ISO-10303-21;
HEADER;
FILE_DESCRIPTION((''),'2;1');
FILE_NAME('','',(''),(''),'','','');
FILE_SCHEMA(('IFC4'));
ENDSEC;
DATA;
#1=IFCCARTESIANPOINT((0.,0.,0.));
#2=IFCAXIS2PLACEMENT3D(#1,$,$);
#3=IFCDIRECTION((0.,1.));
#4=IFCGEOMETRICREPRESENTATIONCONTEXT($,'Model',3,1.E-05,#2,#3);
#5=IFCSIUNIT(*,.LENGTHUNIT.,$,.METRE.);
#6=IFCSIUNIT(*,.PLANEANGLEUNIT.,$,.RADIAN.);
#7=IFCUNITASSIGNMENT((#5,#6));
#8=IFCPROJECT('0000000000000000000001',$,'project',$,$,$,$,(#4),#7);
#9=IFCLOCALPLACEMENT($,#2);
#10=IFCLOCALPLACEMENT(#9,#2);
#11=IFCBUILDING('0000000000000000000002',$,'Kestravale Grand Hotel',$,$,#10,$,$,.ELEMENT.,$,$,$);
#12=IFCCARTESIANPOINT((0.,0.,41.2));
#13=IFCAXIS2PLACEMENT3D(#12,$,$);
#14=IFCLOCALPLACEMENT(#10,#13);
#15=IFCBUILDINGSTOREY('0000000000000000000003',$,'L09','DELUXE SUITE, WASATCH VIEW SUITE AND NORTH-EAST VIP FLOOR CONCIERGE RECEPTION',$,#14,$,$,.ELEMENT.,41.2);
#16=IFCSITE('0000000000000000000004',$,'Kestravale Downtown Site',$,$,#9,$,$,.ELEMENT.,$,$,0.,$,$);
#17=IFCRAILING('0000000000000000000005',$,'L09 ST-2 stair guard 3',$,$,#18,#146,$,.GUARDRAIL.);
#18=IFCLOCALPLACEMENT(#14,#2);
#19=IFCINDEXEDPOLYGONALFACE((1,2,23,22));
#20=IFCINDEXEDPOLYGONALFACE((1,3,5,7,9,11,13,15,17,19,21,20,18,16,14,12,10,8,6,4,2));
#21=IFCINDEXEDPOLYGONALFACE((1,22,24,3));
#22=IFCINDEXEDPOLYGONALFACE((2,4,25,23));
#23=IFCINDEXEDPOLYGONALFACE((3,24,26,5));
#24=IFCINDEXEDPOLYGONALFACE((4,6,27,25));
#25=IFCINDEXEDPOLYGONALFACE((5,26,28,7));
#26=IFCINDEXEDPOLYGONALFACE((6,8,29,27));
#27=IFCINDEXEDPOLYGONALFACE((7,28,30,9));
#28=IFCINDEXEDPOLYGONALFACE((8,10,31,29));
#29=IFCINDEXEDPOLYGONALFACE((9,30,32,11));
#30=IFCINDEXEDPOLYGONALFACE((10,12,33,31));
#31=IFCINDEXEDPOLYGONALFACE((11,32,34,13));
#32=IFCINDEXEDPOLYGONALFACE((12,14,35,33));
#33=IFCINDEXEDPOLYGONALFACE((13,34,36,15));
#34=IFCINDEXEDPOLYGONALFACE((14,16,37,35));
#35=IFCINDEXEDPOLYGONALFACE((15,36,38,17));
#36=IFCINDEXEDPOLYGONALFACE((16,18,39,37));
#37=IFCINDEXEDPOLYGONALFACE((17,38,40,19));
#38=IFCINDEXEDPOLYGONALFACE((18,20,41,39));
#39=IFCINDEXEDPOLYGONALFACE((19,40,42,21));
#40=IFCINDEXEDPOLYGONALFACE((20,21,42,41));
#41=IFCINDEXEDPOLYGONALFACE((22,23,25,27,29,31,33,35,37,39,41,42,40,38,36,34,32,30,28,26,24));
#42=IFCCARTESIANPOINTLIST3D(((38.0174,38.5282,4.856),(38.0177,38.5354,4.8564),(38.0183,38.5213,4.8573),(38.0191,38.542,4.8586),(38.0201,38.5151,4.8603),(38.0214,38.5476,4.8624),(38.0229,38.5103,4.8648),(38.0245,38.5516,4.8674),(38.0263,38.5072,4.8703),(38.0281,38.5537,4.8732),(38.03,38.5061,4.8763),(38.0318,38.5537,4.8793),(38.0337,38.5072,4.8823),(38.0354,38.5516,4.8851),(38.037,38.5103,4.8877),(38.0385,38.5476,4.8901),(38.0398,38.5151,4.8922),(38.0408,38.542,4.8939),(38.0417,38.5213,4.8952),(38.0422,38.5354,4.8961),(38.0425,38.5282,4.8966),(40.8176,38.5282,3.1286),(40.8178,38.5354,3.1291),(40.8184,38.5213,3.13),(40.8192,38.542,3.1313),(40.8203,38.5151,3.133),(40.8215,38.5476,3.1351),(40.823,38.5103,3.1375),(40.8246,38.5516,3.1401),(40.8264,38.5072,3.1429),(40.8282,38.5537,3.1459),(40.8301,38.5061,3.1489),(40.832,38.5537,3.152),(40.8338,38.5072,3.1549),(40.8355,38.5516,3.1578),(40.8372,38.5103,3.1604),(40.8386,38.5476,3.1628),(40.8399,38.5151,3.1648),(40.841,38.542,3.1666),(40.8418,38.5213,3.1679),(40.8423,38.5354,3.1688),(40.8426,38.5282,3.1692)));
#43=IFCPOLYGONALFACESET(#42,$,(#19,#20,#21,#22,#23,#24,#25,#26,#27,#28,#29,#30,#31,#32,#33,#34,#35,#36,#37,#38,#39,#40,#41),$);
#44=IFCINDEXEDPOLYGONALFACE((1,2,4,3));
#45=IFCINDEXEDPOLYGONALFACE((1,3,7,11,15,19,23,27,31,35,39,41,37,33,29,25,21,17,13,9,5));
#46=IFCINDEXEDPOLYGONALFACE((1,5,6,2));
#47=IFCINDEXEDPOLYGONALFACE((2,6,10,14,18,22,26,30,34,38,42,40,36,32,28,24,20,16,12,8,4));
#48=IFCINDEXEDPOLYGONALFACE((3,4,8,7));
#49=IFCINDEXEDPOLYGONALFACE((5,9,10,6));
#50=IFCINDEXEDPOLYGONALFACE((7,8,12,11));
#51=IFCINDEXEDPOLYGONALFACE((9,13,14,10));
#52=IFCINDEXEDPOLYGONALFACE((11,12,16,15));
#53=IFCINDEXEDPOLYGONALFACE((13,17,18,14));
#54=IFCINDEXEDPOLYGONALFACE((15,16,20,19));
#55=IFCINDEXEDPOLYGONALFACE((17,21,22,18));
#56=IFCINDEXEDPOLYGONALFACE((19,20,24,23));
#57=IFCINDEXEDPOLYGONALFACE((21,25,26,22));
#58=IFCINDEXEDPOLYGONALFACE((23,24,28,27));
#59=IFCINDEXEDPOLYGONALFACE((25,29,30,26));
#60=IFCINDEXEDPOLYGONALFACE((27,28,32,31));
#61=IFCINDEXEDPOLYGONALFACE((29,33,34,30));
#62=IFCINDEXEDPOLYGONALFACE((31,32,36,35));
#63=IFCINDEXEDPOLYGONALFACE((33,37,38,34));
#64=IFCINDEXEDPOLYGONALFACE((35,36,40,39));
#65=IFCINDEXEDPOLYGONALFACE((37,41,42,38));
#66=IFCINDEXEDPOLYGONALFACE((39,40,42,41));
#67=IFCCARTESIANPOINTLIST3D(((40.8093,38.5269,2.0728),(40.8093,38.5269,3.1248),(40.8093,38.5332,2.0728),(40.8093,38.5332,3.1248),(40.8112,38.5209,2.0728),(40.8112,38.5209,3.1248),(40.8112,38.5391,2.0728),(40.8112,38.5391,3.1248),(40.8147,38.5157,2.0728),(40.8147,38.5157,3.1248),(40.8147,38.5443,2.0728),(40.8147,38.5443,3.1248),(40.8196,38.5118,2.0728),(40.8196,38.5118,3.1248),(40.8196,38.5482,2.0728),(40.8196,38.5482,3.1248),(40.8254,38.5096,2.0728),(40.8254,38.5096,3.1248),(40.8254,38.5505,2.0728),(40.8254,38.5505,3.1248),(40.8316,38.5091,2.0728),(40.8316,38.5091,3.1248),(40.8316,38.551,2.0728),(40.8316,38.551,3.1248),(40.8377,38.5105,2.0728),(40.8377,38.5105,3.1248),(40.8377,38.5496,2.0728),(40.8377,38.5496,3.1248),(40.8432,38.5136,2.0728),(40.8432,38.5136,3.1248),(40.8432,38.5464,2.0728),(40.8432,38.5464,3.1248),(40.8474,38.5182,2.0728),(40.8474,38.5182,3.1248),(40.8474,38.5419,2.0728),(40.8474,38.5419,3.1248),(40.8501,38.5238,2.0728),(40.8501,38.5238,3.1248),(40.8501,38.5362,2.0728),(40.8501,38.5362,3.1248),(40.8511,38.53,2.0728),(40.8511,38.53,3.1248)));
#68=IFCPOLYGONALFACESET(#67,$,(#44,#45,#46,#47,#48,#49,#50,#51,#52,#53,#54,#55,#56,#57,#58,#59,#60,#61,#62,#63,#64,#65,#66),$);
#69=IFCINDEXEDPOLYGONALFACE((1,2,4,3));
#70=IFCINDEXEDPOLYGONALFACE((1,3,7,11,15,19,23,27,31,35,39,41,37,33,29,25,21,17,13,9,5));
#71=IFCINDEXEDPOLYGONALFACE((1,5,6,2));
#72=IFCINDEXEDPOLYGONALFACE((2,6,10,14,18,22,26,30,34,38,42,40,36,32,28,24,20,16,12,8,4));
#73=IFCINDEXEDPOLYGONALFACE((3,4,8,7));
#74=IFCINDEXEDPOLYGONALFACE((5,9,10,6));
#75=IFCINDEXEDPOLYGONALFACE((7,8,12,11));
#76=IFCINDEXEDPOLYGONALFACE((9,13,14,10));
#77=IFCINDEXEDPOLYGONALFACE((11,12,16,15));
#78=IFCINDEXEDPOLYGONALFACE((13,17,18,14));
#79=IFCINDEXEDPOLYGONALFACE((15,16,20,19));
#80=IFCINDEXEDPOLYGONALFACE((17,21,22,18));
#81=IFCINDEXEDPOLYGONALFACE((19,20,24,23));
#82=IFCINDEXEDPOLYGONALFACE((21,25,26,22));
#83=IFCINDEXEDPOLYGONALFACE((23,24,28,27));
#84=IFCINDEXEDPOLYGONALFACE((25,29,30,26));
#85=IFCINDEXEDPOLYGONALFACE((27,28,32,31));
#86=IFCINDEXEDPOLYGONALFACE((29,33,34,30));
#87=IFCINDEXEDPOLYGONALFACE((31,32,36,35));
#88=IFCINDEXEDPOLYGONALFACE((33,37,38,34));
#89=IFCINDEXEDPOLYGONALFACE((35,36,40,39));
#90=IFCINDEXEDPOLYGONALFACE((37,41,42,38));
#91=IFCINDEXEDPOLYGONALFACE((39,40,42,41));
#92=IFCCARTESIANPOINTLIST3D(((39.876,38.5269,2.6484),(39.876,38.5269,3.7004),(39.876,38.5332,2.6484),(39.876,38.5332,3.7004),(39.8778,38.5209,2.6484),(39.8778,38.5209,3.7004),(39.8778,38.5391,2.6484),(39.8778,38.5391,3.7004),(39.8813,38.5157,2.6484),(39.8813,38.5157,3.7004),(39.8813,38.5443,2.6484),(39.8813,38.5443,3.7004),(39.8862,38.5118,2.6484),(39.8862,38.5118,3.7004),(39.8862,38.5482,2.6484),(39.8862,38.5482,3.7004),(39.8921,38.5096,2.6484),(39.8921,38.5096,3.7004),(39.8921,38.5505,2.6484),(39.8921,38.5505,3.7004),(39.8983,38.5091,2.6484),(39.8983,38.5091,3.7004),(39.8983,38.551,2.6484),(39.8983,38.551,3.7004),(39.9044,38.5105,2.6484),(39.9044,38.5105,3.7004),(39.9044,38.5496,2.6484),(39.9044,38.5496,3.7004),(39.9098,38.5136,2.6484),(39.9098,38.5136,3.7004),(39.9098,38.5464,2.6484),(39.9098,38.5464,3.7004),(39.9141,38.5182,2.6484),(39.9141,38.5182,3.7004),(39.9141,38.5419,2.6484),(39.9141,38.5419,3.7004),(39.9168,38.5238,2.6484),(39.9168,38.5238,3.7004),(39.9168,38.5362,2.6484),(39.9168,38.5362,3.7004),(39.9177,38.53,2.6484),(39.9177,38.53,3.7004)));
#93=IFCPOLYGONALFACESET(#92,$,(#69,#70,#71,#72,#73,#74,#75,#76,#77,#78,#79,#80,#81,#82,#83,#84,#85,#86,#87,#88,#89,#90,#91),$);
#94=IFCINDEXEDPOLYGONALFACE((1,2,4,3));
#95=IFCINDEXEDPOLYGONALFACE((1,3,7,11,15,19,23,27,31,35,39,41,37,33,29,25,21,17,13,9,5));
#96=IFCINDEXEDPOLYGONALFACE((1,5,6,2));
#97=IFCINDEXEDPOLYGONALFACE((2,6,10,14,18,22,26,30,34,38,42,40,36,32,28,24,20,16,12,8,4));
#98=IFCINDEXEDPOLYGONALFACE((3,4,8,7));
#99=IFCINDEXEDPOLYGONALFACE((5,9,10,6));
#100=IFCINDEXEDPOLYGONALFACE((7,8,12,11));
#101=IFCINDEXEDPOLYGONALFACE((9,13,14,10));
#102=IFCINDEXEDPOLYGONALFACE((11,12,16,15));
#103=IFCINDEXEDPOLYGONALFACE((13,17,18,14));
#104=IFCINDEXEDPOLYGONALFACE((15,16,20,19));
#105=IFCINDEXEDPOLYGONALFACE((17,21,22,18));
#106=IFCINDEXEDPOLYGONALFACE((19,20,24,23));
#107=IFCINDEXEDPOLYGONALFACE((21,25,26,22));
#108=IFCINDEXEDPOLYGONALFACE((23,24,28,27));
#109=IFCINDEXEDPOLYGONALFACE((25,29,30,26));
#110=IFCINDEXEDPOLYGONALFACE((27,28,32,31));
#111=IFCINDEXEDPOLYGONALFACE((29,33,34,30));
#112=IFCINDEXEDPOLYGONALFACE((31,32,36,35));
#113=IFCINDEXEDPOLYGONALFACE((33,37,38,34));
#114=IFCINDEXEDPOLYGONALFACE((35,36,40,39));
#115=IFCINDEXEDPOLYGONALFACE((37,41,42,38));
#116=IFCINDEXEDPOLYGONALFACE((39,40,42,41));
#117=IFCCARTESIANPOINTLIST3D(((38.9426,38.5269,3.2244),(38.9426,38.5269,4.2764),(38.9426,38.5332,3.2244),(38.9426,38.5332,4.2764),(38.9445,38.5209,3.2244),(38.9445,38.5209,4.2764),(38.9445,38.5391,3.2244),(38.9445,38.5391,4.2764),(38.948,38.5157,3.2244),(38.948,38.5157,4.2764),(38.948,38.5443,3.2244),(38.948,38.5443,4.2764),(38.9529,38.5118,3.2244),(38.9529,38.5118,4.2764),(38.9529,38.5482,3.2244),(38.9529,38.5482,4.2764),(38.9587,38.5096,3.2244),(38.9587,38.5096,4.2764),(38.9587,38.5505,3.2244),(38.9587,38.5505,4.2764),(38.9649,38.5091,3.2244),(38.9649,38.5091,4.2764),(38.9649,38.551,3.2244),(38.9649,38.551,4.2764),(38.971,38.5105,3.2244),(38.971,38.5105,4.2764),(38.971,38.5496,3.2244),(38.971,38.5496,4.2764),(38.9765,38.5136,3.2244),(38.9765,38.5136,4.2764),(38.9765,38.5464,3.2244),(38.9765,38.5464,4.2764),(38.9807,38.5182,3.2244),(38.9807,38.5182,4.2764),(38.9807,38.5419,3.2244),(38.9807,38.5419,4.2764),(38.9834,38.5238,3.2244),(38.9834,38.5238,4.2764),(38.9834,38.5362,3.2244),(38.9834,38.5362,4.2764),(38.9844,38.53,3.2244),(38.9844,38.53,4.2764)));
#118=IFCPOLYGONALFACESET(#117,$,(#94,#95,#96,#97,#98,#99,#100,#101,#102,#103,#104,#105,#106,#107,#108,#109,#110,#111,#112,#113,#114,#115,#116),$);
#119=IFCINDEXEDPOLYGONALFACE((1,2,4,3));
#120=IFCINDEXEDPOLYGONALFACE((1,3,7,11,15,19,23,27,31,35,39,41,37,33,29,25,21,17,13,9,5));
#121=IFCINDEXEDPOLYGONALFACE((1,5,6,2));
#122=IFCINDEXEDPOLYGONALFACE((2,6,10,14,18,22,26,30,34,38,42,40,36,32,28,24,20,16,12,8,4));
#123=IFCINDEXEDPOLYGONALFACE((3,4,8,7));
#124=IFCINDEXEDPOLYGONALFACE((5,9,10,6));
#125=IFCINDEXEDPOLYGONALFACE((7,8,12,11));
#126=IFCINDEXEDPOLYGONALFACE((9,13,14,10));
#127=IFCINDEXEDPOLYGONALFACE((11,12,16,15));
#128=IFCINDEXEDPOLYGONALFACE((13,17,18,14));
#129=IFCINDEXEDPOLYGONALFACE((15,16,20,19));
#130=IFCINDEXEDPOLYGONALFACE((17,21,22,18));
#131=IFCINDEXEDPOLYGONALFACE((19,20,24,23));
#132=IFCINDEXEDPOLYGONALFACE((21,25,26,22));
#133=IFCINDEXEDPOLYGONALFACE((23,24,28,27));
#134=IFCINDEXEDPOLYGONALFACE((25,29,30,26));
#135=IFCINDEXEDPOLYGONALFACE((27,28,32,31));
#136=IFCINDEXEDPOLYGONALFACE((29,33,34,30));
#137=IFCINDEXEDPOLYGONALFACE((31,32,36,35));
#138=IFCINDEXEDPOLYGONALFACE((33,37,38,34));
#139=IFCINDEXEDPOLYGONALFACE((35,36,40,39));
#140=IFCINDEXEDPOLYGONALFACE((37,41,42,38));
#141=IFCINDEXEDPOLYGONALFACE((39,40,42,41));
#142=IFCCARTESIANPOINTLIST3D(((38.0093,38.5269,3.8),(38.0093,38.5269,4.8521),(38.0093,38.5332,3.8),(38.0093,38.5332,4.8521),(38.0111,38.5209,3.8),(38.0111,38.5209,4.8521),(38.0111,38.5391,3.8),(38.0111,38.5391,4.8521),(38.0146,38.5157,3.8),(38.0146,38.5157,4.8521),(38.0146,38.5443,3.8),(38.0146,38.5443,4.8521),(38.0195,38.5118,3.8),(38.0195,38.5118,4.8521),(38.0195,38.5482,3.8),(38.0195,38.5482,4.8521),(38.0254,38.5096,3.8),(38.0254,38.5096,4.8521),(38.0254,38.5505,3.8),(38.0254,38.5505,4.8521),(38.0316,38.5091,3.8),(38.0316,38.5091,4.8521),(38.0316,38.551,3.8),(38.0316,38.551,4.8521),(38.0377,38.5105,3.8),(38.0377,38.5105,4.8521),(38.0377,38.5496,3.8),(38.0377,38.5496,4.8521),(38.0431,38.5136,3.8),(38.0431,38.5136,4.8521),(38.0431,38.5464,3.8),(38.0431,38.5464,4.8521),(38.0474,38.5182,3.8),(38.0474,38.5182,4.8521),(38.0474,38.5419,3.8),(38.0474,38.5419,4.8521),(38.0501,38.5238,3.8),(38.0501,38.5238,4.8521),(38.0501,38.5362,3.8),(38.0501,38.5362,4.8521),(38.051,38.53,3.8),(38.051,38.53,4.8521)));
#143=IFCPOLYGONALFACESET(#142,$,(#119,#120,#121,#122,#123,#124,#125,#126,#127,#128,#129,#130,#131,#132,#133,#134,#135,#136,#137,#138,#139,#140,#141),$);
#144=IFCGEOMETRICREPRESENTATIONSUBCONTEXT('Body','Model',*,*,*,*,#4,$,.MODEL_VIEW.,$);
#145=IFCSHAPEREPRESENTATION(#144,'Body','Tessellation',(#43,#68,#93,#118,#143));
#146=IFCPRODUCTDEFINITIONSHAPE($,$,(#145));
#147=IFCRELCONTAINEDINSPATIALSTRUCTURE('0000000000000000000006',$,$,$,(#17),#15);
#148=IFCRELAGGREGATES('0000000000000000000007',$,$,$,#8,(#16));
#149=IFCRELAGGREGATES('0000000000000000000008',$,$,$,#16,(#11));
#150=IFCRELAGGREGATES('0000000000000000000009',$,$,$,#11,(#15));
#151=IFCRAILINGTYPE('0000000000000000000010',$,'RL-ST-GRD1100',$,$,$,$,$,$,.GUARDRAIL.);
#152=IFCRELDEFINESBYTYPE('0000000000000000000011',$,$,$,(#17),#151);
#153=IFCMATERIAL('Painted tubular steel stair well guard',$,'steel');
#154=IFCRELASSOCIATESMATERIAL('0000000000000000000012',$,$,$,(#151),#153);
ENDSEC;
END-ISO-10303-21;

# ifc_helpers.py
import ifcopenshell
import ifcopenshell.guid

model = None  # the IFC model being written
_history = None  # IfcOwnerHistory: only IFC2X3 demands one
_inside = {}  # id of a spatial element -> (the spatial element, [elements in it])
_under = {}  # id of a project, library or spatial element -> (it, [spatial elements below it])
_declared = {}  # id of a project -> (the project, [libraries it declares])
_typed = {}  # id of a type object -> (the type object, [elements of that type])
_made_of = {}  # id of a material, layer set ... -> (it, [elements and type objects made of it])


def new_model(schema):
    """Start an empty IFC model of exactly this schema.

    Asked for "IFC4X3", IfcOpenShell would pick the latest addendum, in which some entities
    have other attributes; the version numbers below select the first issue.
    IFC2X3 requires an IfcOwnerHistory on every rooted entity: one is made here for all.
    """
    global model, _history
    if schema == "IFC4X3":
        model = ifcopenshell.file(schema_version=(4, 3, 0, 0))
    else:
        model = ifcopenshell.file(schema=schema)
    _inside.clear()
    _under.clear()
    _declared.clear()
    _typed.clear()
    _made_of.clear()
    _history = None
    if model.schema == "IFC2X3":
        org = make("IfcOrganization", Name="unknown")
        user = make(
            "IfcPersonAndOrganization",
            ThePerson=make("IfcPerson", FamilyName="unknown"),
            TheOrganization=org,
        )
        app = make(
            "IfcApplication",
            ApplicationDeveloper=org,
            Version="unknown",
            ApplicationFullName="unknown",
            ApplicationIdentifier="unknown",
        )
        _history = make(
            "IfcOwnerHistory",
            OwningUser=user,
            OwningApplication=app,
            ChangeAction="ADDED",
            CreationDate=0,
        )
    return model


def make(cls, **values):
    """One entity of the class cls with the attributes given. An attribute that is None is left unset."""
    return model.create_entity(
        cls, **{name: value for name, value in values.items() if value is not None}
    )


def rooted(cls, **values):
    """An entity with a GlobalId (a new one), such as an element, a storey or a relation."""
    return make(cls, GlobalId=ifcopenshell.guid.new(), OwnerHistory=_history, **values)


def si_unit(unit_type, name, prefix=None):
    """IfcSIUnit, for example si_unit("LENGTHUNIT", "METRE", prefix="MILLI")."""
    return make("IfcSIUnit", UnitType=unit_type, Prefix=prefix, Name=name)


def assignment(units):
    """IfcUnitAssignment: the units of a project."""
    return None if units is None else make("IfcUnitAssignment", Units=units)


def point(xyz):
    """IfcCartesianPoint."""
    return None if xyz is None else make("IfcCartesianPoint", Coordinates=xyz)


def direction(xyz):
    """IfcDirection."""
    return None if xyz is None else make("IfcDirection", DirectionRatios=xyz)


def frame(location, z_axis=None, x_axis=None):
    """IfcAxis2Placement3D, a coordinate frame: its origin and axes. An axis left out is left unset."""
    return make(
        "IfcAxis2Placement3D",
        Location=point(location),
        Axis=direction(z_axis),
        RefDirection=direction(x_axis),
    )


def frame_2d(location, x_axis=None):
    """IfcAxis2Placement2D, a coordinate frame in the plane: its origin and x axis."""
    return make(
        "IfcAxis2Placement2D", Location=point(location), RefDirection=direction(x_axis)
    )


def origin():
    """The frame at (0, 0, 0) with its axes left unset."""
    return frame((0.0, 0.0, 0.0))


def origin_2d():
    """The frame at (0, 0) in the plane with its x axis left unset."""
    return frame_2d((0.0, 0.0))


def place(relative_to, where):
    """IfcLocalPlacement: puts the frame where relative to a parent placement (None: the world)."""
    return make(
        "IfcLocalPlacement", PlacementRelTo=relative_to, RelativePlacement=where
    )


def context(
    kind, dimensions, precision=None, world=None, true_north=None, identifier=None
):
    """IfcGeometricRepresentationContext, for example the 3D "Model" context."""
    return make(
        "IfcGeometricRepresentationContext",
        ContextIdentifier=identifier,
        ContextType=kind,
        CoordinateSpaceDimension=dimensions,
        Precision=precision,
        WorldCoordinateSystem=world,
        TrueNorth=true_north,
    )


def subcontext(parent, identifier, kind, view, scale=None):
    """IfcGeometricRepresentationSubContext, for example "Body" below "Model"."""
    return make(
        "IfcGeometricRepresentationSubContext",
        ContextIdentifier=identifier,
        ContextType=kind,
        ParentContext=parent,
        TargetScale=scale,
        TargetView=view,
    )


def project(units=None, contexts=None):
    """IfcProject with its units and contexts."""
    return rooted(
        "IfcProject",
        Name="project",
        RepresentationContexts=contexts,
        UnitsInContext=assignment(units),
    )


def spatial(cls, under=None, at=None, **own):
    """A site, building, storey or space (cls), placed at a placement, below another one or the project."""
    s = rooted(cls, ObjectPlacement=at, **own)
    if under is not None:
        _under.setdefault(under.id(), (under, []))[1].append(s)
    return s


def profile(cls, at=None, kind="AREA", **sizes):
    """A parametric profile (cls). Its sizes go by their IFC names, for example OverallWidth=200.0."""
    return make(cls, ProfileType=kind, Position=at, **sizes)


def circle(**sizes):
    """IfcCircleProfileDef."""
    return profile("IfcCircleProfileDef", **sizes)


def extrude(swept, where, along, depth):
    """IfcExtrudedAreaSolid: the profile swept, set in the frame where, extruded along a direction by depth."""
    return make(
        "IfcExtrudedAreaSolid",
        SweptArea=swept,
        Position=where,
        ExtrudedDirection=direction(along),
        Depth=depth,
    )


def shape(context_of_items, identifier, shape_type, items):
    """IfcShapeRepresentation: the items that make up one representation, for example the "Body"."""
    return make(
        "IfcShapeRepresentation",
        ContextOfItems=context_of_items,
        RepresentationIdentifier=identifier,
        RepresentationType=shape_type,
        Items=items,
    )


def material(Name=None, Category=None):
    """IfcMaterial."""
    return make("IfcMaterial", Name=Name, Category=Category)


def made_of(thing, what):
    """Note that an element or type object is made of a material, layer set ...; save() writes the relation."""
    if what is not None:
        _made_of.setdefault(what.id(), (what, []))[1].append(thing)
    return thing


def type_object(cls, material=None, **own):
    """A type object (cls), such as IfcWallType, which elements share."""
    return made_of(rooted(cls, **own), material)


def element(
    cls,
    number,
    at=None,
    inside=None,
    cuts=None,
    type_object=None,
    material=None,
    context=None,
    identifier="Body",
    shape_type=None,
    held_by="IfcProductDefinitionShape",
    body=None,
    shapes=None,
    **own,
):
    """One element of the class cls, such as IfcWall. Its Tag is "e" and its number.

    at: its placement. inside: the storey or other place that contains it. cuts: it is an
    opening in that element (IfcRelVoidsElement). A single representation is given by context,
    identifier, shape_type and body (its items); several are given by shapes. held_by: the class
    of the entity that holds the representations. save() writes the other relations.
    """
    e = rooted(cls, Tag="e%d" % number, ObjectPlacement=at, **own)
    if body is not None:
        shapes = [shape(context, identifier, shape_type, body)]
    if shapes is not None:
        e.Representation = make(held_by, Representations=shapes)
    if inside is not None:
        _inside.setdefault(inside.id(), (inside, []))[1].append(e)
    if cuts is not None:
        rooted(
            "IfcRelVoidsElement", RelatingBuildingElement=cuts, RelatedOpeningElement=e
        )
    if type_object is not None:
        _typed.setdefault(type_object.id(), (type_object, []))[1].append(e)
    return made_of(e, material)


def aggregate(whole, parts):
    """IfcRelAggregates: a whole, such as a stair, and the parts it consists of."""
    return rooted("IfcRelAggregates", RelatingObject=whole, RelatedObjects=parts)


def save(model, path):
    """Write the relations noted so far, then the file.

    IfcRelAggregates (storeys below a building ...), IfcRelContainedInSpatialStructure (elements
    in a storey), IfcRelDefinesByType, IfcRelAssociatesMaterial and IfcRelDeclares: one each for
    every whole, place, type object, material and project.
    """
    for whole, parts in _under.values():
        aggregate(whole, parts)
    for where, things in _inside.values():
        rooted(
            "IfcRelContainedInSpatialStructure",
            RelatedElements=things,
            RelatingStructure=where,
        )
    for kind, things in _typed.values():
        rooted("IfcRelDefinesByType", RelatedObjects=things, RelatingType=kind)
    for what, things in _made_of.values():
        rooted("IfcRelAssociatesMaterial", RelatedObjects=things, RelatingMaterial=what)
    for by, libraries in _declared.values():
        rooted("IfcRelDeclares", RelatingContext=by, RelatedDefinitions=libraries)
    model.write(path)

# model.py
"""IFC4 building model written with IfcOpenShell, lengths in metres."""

from ifc_helpers import new_model, si_unit, direction, frame, origin, origin_2d, place, context, subcontext, project, spatial, circle, extrude, material, type_object, element, save


model = new_model("IFC4")

# Units and contexts
model_context = context("Model", 3, precision=1e-05, world=origin(), true_north=direction((0.0, 1.0)))
body_context = subcontext(model_context, "Body", "Model", "MODEL_VIEW")
ifc_project = project(units=[si_unit("LENGTHUNIT", "METRE"), si_unit("PLANEANGLEUNIT", "RADIAN")], contexts=[model_context])

# Site, building, storey
site_placement = place(None, origin())
site = spatial("IfcSite", under=ifc_project, at=site_placement, Name="Kestravale Downtown Site", CompositionType="ELEMENT", RefElevation=0.0)
building_placement = place(site_placement, origin())
building = spatial("IfcBuilding", under=site, at=building_placement, Name="Kestravale Grand Hotel", CompositionType="ELEMENT")
storey_placement = place(building_placement, frame((0.0, 0.0, 41.2)))
storey = spatial("IfcBuildingStorey", under=building, at=storey_placement, Name="L09", Description="DELUXE SUITE, WASATCH VIEW SUITE AND NORTH-EAST VIP FLOOR CONCIERGE RECEPTION", CompositionType="ELEMENT", Elevation=41.2)

# Railing
ifc_material_1 = material(Name="Painted tubular steel stair well guard", Category="steel")
railing_type_1 = type_object("IfcRailingType", Name="RL-ST-GRD1100", PredefinedType="GUARDRAIL", material=ifc_material_1)
railing_1_placement = place(storey_placement, frame((40.8301, 38.53, 2.0728)))
element("IfcRailing", 1, at=railing_1_placement, inside=storey, type_object=railing_type_1, Name="L09 ST-2 stair guard 3", PredefinedType="GUARDRAIL", context=body_context, shape_type="SweptSolid", body=[
    extrude(circle(Radius=0.0239, at=origin_2d()), frame((0.0, 0.0, 1.0762), z_axis=(-0.85109, 0.0, 0.52502), x_axis=(0.0, -1.0, 0.0)), (0.0, 0.0, 1.0), 3.29),
    extrude(circle(Radius=0.021, at=origin_2d()), origin(), (0.0, 0.0, 1.0), 1.052),
    extrude(circle(Radius=0.021, at=origin_2d()), frame((-0.9333, 0.0, 0.5757)), (0.0, 0.0, 1.0), 1.052),
    extrude(circle(Radius=0.021, at=origin_2d()), frame((-1.8667, 0.0, 1.1516)), (0.0, 0.0, 1.0), 1.052),
    extrude(circle(Radius=0.021, at=origin_2d()), frame((-2.8, 0.0, 1.7273)), (0.0, 0.0, 1.0), 1.052),
])

save(model, "model.ifc")
